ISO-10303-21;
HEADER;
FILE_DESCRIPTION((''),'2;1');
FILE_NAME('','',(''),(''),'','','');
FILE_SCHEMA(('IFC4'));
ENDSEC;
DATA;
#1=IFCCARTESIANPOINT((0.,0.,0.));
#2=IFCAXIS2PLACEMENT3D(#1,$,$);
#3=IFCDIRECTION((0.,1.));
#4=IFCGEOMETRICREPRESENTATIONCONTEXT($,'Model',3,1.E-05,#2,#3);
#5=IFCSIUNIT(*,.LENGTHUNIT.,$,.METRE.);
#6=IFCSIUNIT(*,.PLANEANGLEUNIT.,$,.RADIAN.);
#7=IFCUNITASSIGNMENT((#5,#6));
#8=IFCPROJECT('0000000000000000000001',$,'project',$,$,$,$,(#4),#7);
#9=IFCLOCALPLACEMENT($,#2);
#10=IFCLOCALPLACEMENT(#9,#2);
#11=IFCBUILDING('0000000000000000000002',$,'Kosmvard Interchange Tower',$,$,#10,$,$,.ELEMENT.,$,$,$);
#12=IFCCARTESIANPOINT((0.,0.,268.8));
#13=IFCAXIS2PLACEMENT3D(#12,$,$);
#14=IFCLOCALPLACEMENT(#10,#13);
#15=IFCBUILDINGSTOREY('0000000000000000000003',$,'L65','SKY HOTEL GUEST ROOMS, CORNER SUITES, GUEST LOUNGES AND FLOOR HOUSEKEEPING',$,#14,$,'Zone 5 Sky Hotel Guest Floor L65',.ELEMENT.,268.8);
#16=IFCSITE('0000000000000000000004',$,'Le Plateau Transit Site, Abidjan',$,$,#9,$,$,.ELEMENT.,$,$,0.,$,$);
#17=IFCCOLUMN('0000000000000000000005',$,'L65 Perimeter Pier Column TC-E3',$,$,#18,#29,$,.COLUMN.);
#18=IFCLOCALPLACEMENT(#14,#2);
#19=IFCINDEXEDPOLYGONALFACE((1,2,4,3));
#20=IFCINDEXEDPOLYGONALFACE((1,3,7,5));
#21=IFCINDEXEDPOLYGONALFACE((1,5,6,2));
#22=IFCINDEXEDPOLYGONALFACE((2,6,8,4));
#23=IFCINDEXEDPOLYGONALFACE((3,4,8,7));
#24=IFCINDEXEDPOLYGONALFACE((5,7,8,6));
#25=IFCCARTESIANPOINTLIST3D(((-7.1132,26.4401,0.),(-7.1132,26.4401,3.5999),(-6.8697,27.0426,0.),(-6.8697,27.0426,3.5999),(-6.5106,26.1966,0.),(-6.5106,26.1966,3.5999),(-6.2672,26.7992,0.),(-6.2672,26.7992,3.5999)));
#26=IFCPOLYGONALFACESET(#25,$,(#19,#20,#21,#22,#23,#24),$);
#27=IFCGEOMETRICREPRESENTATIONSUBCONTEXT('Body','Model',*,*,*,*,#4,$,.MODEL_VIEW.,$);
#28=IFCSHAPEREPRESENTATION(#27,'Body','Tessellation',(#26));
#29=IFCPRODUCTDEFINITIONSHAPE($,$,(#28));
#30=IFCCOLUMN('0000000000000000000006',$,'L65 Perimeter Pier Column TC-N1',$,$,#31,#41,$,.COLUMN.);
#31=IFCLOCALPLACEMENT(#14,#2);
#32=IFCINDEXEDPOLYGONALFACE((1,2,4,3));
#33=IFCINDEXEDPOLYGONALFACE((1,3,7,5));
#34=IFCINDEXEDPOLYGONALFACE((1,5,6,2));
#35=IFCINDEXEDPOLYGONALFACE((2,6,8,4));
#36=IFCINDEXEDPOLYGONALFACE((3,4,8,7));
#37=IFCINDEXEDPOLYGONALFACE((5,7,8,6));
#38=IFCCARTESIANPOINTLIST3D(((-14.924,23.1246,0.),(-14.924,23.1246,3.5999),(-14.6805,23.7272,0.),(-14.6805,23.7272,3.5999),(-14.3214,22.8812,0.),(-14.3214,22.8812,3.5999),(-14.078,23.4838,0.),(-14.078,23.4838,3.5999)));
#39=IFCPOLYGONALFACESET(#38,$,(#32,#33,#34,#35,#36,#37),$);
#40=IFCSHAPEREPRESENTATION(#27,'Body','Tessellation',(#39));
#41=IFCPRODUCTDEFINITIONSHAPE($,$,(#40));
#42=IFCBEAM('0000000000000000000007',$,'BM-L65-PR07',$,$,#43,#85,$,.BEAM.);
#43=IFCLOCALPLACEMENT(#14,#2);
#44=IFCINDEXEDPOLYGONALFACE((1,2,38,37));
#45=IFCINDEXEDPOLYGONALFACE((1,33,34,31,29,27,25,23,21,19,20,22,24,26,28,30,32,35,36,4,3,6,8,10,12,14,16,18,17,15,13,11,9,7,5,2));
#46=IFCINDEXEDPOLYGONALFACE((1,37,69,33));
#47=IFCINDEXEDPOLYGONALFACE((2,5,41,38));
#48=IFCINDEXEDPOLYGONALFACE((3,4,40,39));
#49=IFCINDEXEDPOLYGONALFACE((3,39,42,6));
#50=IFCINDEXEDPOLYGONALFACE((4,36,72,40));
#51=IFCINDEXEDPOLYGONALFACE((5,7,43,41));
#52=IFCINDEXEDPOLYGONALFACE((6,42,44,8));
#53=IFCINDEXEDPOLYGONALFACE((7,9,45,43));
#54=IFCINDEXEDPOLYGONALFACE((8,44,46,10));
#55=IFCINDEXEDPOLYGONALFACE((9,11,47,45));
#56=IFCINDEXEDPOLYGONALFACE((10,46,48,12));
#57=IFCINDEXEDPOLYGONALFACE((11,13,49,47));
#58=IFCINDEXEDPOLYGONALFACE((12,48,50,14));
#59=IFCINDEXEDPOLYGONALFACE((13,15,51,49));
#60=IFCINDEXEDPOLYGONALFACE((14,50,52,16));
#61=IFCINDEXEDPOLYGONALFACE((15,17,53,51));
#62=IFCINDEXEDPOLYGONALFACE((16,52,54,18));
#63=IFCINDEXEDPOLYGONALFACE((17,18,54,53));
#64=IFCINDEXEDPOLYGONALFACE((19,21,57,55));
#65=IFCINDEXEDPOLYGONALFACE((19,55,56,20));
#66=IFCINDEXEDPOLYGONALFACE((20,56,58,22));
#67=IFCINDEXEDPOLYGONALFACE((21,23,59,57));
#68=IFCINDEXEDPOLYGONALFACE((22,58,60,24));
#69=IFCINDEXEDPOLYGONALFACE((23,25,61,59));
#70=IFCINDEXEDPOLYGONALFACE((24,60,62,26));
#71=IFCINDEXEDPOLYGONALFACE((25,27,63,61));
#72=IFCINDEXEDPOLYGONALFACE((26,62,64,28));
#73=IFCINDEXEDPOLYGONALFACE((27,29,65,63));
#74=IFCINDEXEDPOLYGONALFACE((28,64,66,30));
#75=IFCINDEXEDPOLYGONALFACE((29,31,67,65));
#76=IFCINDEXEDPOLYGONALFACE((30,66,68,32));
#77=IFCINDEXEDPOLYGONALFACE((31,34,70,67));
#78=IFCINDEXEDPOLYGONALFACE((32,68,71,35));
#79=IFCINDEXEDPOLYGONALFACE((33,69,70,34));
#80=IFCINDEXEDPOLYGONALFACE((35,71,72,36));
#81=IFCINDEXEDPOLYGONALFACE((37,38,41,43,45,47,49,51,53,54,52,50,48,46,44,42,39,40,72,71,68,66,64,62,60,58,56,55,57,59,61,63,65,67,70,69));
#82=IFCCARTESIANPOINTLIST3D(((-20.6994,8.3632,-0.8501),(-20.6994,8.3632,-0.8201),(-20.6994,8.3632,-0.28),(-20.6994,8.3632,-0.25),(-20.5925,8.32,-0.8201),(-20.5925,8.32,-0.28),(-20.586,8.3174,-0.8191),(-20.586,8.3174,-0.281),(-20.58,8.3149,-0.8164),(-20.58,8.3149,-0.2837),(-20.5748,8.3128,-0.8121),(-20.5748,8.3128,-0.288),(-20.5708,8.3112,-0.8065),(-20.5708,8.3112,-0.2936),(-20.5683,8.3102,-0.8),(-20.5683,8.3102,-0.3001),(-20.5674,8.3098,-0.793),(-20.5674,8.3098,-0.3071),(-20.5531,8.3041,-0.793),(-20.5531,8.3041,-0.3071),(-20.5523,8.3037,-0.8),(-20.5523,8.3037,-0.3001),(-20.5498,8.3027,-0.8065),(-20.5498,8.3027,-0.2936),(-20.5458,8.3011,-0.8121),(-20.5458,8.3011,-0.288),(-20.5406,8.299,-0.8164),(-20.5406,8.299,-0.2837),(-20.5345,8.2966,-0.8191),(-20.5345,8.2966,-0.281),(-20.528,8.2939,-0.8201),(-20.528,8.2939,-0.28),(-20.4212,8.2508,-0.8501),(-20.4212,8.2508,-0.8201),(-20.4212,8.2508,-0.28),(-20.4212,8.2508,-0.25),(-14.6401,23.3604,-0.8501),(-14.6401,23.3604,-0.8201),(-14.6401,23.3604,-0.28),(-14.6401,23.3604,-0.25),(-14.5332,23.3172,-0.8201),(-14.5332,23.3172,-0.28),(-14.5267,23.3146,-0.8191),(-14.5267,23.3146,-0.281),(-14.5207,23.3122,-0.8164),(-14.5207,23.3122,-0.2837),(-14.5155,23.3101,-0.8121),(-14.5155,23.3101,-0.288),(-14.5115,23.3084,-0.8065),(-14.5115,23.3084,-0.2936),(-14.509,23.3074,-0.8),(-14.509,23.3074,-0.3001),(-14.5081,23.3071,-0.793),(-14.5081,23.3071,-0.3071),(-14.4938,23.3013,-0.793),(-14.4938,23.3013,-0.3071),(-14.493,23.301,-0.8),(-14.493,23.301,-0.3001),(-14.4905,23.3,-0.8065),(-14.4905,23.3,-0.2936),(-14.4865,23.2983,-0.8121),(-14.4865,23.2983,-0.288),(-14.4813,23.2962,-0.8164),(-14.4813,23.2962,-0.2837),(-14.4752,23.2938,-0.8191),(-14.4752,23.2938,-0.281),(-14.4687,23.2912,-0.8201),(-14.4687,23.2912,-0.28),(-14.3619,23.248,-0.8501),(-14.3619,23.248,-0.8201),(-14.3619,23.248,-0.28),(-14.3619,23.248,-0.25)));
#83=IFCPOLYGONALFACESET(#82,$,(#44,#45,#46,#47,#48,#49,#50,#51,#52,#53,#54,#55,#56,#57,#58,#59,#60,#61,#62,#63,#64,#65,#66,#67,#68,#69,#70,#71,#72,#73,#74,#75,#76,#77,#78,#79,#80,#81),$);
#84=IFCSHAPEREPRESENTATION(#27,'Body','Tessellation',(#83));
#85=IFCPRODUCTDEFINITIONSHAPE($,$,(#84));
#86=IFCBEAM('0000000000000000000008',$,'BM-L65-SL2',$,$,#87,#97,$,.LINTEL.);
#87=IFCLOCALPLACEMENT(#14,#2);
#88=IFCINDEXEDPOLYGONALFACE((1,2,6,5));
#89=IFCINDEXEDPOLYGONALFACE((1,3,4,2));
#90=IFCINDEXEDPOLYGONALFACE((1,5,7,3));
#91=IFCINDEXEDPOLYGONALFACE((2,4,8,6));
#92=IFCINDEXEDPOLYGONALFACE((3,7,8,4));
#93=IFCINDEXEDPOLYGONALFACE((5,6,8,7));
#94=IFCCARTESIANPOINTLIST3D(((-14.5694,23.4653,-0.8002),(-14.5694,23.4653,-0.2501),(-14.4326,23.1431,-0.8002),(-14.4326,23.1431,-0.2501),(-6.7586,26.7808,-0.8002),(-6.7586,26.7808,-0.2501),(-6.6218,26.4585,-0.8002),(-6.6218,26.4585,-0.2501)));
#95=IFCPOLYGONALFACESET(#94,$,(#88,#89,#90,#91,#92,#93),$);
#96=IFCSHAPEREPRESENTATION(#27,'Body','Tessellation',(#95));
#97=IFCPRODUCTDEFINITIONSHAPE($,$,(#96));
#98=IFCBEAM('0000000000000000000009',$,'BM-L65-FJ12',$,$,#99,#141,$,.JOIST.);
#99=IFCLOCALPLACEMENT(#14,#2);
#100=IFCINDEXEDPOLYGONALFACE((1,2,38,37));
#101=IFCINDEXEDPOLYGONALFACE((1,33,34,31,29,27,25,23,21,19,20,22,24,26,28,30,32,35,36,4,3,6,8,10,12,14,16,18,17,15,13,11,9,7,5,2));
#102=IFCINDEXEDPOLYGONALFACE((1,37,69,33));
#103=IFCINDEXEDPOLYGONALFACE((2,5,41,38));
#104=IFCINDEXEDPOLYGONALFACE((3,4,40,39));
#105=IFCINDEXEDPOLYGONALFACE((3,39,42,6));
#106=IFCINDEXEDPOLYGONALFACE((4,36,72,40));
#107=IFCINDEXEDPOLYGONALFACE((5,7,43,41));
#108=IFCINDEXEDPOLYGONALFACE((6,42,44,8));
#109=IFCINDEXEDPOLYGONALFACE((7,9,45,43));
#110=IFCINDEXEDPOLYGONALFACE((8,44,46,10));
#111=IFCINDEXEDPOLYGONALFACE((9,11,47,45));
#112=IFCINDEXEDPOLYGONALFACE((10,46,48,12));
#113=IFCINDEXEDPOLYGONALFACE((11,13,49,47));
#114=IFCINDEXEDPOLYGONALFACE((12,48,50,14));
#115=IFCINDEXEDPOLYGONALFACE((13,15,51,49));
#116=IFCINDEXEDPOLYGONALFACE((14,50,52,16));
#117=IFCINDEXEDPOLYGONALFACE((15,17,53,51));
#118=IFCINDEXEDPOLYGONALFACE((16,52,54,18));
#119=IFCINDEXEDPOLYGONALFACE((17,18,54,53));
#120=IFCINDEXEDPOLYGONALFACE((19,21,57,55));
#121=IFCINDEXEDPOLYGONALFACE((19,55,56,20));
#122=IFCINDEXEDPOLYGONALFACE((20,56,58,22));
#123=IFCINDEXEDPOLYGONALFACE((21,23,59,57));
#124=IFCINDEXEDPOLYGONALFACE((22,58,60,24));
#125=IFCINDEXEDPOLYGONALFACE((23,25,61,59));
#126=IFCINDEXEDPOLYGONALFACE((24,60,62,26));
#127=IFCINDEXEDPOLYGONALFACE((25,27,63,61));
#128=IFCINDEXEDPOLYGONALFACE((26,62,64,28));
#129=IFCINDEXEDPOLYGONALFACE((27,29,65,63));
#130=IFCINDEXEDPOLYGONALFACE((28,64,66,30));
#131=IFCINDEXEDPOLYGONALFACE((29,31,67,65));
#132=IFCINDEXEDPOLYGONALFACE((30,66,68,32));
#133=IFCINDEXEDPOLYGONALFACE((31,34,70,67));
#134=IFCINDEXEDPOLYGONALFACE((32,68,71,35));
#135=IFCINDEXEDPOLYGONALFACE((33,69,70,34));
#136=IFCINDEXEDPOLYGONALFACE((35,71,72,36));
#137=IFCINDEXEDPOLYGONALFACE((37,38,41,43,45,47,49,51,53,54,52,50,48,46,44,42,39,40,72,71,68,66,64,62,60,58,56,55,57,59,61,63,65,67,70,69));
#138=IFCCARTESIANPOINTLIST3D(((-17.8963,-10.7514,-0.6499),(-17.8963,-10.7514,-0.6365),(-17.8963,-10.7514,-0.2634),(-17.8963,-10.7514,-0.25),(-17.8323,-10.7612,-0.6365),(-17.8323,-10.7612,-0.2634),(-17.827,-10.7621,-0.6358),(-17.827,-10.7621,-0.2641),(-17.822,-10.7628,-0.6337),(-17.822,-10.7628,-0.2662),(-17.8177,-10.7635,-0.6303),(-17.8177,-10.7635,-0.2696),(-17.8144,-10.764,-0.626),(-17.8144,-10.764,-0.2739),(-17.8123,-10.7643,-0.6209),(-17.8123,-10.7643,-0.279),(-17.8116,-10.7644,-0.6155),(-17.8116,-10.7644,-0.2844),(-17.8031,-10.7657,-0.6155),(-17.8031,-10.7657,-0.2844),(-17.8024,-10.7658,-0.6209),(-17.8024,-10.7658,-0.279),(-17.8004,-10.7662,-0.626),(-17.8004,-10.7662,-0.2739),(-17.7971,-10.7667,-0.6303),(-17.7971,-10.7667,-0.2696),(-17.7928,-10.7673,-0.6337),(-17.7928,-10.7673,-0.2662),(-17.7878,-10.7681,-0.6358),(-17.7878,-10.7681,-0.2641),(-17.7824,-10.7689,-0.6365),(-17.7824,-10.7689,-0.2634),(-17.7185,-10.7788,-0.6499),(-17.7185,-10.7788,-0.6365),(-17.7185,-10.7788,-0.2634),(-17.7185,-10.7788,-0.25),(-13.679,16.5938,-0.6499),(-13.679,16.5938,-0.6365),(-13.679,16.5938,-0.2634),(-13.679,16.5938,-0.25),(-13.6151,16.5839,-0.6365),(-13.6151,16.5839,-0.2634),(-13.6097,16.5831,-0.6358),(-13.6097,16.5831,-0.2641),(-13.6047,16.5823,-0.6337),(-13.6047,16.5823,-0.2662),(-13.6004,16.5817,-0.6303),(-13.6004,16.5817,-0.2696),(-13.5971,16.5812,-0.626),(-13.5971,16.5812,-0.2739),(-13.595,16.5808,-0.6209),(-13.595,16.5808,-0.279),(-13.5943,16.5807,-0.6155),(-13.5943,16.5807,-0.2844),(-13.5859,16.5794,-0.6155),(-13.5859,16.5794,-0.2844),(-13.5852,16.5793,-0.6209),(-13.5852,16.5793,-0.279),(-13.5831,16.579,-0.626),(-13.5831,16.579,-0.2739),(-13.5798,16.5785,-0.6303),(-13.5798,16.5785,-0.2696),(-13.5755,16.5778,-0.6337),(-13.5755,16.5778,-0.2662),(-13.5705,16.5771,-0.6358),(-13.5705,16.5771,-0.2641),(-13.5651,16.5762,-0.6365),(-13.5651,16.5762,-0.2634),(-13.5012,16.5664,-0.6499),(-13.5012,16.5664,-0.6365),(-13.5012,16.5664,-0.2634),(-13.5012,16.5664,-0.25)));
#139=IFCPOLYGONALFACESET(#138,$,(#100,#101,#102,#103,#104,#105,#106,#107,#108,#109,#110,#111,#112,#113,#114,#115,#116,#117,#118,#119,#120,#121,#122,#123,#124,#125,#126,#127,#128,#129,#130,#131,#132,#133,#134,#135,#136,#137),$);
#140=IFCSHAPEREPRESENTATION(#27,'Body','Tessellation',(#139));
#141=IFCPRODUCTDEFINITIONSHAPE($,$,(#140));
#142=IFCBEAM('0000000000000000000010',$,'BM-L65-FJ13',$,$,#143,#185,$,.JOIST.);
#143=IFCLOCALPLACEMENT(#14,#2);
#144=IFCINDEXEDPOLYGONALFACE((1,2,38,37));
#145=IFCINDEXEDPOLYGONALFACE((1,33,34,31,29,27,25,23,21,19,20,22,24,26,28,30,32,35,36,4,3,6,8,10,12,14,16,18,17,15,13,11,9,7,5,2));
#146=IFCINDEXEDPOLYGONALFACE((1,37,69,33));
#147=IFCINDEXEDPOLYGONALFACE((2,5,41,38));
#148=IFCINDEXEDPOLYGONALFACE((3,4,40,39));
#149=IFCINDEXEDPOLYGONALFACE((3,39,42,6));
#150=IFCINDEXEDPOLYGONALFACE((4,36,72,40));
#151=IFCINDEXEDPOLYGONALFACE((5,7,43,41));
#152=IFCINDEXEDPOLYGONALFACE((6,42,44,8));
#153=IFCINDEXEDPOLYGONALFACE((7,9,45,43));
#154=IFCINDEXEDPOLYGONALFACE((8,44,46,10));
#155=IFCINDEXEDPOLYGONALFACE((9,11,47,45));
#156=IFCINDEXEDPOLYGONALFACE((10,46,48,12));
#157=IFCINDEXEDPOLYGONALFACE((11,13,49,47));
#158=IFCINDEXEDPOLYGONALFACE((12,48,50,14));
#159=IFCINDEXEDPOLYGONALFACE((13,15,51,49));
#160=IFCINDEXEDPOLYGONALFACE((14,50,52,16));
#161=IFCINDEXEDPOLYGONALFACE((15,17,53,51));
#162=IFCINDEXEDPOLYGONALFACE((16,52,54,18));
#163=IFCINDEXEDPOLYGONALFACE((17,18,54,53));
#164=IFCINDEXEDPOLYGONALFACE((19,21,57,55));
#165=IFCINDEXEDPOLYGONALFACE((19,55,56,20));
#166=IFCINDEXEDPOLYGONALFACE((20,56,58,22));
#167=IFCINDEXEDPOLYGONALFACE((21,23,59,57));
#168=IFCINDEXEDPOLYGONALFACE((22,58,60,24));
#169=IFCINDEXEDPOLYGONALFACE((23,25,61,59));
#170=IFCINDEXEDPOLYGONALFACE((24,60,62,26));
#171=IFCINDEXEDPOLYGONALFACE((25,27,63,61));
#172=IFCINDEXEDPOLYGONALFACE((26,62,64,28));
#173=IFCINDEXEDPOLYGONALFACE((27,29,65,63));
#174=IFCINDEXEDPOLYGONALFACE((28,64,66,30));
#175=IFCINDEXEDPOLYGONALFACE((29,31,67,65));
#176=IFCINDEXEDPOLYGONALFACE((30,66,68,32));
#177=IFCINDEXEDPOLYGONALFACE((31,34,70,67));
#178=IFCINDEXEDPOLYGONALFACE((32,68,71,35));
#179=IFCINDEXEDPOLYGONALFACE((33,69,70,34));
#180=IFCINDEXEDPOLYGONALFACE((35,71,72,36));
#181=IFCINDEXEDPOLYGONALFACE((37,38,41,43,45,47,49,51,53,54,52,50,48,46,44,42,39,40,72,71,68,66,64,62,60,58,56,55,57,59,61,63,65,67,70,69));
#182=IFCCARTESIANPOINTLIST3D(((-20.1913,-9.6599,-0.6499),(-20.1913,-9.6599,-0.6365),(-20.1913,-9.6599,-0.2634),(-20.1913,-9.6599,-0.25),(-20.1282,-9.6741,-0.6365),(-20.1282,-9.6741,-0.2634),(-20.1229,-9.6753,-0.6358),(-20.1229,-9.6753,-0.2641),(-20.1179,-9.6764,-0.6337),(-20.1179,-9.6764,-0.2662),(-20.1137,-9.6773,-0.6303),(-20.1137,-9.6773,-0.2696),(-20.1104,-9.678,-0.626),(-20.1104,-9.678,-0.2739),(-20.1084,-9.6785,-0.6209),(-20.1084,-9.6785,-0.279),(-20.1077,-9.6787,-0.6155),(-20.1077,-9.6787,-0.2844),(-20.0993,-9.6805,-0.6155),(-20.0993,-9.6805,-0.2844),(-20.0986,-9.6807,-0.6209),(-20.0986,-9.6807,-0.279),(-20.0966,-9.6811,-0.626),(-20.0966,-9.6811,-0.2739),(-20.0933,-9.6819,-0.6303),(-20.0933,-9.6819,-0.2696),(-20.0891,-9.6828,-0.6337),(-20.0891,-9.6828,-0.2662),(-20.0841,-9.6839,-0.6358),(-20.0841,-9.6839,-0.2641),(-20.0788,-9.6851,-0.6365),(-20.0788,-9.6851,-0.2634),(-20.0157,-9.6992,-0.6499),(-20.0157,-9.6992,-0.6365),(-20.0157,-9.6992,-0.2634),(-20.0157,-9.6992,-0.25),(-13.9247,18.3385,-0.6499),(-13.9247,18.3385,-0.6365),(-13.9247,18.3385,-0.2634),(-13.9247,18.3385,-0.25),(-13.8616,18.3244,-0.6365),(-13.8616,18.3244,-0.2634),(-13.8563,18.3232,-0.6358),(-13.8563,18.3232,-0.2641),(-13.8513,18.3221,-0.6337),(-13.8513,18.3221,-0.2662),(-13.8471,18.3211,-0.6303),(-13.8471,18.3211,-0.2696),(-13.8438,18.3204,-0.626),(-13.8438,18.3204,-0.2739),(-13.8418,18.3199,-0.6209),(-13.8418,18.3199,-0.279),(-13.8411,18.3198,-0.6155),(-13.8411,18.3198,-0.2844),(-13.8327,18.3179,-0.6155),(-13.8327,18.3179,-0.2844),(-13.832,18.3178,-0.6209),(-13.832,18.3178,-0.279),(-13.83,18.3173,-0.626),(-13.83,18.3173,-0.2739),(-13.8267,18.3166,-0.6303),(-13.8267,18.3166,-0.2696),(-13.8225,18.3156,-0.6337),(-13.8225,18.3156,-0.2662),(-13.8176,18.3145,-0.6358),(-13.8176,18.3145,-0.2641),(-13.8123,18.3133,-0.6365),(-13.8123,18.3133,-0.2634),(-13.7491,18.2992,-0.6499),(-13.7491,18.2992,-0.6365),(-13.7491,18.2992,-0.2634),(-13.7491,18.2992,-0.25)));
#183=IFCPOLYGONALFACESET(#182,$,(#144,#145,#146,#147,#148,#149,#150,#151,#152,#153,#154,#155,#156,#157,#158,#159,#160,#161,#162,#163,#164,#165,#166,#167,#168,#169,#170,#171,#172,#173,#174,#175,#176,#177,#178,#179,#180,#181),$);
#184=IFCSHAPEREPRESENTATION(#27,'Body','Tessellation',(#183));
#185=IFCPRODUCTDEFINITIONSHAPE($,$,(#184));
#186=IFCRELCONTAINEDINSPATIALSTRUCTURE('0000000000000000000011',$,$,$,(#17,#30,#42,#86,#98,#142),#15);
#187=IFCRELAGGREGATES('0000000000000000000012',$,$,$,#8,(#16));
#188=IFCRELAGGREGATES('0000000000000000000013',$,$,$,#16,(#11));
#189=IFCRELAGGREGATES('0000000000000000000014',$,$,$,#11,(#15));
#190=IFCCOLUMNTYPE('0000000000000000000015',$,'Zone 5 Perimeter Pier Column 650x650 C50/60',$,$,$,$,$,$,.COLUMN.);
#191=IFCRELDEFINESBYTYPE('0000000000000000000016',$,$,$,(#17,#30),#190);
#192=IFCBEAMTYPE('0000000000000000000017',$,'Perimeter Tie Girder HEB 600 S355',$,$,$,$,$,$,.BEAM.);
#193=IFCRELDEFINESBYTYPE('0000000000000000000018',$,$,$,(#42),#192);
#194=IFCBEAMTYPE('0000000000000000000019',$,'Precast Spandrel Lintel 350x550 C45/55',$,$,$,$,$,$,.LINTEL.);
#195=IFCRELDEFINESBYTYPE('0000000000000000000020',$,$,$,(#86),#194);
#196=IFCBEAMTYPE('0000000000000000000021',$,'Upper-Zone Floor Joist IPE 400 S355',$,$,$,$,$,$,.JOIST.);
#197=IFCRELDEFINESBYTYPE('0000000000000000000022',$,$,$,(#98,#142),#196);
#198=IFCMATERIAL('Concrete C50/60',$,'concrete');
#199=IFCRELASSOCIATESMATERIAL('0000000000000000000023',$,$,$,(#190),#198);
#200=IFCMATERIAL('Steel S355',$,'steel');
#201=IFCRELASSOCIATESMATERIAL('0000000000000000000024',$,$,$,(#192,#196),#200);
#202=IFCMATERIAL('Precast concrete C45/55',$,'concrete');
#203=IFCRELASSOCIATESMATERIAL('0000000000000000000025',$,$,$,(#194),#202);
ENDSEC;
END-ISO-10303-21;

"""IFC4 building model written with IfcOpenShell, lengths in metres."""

from ifc_helpers import new_model, si_unit, direction, frame, origin, origin_2d, place, context, subcontext, project, spatial, rectangle, i_section, extrude, source, transform, mapped, material, material_profile, profile_set, type_object, element, save


model = new_model("IFC4")

# Units and contexts
model_context = context("Model", 3, precision=1e-05, world=origin(), true_north=direction((0.0, 1.0)))
body_context = subcontext(model_context, "Body", "Model", "MODEL_VIEW")
ifc_project = project(units=[si_unit("LENGTHUNIT", "METRE"), si_unit("PLANEANGLEUNIT", "RADIAN")], contexts=[model_context])

# Site, building, storey
site_placement = place(None, origin())
site = spatial("IfcSite", under=ifc_project, at=site_placement, Name="Le Plateau Transit Site, Abidjan", CompositionType="ELEMENT", RefElevation=0.0)
building_placement = place(site_placement, origin())
building = spatial("IfcBuilding", under=site, at=building_placement, Name="Kosmvard Interchange Tower", CompositionType="ELEMENT")
storey_placement = place(building_placement, frame((0.0, 0.0, 268.8)))
storey = spatial("IfcBuildingStorey", under=building, at=storey_placement, Name="L65", Description="SKY HOTEL GUEST ROOMS, CORNER SUITES, GUEST LOUNGES AND FLOOR HOUSEKEEPING", LongName="Zone 5 Sky Hotel Guest Floor L65", CompositionType="ELEMENT", Elevation=268.8)

# Columns
ifc_material_1 = material(Name="Concrete C50/60", Category="concrete")
ifc_material_profile_1 = material_profile(ifc_material_1, rectangle(XDim=0.6499, YDim=0.6499, at=origin_2d()), Name="TC 650x650")
ifc_profile_set_1 = profile_set([ifc_material_profile_1], Name="Concrete C50/60")
column_type = type_object("IfcColumnType", Name="Zone 5 Perimeter Pier Column 650x650 C50/60", PredefinedType="COLUMN", material=ifc_profile_set_1)
shared_shape_1 = source(origin(), body_context, "Body", "SweptSolid", [
    extrude(rectangle(XDim=0.6499, YDim=0.6499, at=origin_2d()), origin(), (0.0, 0.0, 1.0), 3.5999),
])
for number, where, z_axis, x_axis, name in (
    (1, (-6.6902, 26.6196, 0.0), (0.0, 0.0, 1.0), (0.374607, 0.927184, 0.0), "L65 Perimeter Pier Column TC-E3"),
    (2, (-14.501, 23.3042, 0.0), (0.0, 0.0, 1.0), (0.374607, 0.927184, 0.0), "L65 Perimeter Pier Column TC-N1"),
):
    element("IfcColumn", number, at=place(storey_placement, frame(where, z_axis=z_axis, x_axis=x_axis)), inside=storey, type_object=column_type, Name=name, PredefinedType="COLUMN", context=body_context, shape_type="MappedRepresentation", body=[
        mapped(shared_shape_1, transform((0.0, 0.0, 0.0), scale=1.0)),
    ])

# Beams
ifc_material_2 = material(Name="Steel S355", Category="steel")
ifc_material_profile_2 = material_profile(ifc_material_2, i_section(OverallWidth=0.3, OverallDepth=0.6001, WebThickness=0.0154, FlangeThickness=0.03, FilletRadius=0.0271, at=origin_2d()), Name="HEB 600")
ifc_profile_set_2 = profile_set([ifc_material_profile_2], Name="Steel S355")
beam_type_1 = type_object("IfcBeamType", Name="Perimeter Tie Girder HEB 600 S355", PredefinedType="BEAM", material=ifc_profile_set_2)
shared_shape_2 = source(origin(), body_context, "Body", "SweptSolid", [
    extrude(i_section(OverallWidth=0.3, OverallDepth=0.6001, WebThickness=0.0154, FlangeThickness=0.03, FilletRadius=0.0271, at=origin_2d()), origin(), (0.0, 0.0, 1.0), 16.175),
])
beam_1_placement = place(storey_placement, frame((-14.501, 23.3042, -0.55), z_axis=(-0.374608, -0.927183, 0.0), x_axis=(0.927183, -0.374608, 0.0)))
element("IfcBeam", 3, at=beam_1_placement, inside=storey, type_object=beam_type_1, Name="BM-L65-PR07", PredefinedType="BEAM", context=body_context, shape_type="MappedRepresentation", body=[
    mapped(shared_shape_2, transform((0.0, 0.0, 0.0), scale=1.0)),
])
ifc_material_3 = material(Name="Precast concrete C45/55", Category="concrete")
ifc_material_profile_3 = material_profile(ifc_material_3, rectangle(XDim=0.3501, YDim=0.55, at=origin_2d()), Name="SL 350x550")
ifc_profile_set_3 = profile_set([ifc_material_profile_3], Name="Precast concrete C45/55")
beam_type_2 = type_object("IfcBeamType", Name="Precast Spandrel Lintel 350x550 C45/55", PredefinedType="LINTEL", material=ifc_profile_set_3)
shared_shape_3 = source(origin(), body_context, "Body", "SweptSolid", [
    extrude(rectangle(XDim=0.3501, YDim=0.55, at=origin_2d()), origin(), (0.0, 0.0, 1.0), 8.4854),
])
beam_2_placement = place(storey_placement, frame((-6.6902, 26.6196, -0.5251), z_axis=(-0.920507, -0.390726, 0.0), x_axis=(0.390726, -0.920507, 0.0)))
element("IfcBeam", 4, at=beam_2_placement, inside=storey, type_object=beam_type_2, Name="BM-L65-SL2", PredefinedType="LINTEL", context=body_context, shape_type="MappedRepresentation", body=[
    mapped(shared_shape_3, transform((0.0, 0.0, 0.0), scale=1.0)),
])
ifc_material_profile_4 = material_profile(ifc_material_2, i_section(OverallWidth=0.1799, OverallDepth=0.3999, WebThickness=0.0085, FlangeThickness=0.0134, FilletRadius=0.021, at=origin_2d()), Name="IPE 400")
ifc_profile_set_4 = profile_set([ifc_material_profile_4], Name="Steel S355")
beam_type_3 = type_object("IfcBeamType", Name="Upper-Zone Floor Joist IPE 400 S355", PredefinedType="JOIST", material=ifc_profile_set_4)
shared_shape_4 = source(origin(), body_context, "Body", "SweptSolid", [
    extrude(i_section(OverallWidth=0.1799, OverallDepth=0.3999, WebThickness=0.0085, FlangeThickness=0.0134, FilletRadius=0.021, at=origin_2d()), origin(), (0.0, 0.0, 1.0), 27.6685),
])
beam_3_placement = place(storey_placement, frame((-13.5901, 16.5801, -0.45), z_axis=(-0.152422, -0.988316, 0.0), x_axis=(0.988316, -0.152422, 0.0)))
element("IfcBeam", 5, at=beam_3_placement, inside=storey, type_object=beam_type_3, Name="BM-L65-FJ12", PredefinedType="JOIST", context=body_context, shape_type="MappedRepresentation", body=[
    mapped(shared_shape_4, transform((0.0, 0.0, 0.0), scale=1.0)),
])
shared_shape_5 = source(origin(), body_context, "Body", "SweptSolid", [
    extrude(i_section(OverallWidth=0.1799, OverallDepth=0.3999, WebThickness=0.0085, FlangeThickness=0.0134, FilletRadius=0.021, at=origin_2d()), origin(), (0.0, 0.0, 1.0), 28.6912),
])
beam_4_placement = place(storey_placement, frame((-13.8369, 18.3188, -0.45), z_axis=(-0.218415, -0.975856, 0.0), x_axis=(0.975856, -0.218415, 0.0)))
element("IfcBeam", 6, at=beam_4_placement, inside=storey, type_object=beam_type_3, Name="BM-L65-FJ13", PredefinedType="JOIST", context=body_context, shape_type="MappedRepresentation", body=[
    mapped(shared_shape_5, transform((0.0, 0.0, 0.0), scale=1.0)),
])

save(model, "model.ifc")
